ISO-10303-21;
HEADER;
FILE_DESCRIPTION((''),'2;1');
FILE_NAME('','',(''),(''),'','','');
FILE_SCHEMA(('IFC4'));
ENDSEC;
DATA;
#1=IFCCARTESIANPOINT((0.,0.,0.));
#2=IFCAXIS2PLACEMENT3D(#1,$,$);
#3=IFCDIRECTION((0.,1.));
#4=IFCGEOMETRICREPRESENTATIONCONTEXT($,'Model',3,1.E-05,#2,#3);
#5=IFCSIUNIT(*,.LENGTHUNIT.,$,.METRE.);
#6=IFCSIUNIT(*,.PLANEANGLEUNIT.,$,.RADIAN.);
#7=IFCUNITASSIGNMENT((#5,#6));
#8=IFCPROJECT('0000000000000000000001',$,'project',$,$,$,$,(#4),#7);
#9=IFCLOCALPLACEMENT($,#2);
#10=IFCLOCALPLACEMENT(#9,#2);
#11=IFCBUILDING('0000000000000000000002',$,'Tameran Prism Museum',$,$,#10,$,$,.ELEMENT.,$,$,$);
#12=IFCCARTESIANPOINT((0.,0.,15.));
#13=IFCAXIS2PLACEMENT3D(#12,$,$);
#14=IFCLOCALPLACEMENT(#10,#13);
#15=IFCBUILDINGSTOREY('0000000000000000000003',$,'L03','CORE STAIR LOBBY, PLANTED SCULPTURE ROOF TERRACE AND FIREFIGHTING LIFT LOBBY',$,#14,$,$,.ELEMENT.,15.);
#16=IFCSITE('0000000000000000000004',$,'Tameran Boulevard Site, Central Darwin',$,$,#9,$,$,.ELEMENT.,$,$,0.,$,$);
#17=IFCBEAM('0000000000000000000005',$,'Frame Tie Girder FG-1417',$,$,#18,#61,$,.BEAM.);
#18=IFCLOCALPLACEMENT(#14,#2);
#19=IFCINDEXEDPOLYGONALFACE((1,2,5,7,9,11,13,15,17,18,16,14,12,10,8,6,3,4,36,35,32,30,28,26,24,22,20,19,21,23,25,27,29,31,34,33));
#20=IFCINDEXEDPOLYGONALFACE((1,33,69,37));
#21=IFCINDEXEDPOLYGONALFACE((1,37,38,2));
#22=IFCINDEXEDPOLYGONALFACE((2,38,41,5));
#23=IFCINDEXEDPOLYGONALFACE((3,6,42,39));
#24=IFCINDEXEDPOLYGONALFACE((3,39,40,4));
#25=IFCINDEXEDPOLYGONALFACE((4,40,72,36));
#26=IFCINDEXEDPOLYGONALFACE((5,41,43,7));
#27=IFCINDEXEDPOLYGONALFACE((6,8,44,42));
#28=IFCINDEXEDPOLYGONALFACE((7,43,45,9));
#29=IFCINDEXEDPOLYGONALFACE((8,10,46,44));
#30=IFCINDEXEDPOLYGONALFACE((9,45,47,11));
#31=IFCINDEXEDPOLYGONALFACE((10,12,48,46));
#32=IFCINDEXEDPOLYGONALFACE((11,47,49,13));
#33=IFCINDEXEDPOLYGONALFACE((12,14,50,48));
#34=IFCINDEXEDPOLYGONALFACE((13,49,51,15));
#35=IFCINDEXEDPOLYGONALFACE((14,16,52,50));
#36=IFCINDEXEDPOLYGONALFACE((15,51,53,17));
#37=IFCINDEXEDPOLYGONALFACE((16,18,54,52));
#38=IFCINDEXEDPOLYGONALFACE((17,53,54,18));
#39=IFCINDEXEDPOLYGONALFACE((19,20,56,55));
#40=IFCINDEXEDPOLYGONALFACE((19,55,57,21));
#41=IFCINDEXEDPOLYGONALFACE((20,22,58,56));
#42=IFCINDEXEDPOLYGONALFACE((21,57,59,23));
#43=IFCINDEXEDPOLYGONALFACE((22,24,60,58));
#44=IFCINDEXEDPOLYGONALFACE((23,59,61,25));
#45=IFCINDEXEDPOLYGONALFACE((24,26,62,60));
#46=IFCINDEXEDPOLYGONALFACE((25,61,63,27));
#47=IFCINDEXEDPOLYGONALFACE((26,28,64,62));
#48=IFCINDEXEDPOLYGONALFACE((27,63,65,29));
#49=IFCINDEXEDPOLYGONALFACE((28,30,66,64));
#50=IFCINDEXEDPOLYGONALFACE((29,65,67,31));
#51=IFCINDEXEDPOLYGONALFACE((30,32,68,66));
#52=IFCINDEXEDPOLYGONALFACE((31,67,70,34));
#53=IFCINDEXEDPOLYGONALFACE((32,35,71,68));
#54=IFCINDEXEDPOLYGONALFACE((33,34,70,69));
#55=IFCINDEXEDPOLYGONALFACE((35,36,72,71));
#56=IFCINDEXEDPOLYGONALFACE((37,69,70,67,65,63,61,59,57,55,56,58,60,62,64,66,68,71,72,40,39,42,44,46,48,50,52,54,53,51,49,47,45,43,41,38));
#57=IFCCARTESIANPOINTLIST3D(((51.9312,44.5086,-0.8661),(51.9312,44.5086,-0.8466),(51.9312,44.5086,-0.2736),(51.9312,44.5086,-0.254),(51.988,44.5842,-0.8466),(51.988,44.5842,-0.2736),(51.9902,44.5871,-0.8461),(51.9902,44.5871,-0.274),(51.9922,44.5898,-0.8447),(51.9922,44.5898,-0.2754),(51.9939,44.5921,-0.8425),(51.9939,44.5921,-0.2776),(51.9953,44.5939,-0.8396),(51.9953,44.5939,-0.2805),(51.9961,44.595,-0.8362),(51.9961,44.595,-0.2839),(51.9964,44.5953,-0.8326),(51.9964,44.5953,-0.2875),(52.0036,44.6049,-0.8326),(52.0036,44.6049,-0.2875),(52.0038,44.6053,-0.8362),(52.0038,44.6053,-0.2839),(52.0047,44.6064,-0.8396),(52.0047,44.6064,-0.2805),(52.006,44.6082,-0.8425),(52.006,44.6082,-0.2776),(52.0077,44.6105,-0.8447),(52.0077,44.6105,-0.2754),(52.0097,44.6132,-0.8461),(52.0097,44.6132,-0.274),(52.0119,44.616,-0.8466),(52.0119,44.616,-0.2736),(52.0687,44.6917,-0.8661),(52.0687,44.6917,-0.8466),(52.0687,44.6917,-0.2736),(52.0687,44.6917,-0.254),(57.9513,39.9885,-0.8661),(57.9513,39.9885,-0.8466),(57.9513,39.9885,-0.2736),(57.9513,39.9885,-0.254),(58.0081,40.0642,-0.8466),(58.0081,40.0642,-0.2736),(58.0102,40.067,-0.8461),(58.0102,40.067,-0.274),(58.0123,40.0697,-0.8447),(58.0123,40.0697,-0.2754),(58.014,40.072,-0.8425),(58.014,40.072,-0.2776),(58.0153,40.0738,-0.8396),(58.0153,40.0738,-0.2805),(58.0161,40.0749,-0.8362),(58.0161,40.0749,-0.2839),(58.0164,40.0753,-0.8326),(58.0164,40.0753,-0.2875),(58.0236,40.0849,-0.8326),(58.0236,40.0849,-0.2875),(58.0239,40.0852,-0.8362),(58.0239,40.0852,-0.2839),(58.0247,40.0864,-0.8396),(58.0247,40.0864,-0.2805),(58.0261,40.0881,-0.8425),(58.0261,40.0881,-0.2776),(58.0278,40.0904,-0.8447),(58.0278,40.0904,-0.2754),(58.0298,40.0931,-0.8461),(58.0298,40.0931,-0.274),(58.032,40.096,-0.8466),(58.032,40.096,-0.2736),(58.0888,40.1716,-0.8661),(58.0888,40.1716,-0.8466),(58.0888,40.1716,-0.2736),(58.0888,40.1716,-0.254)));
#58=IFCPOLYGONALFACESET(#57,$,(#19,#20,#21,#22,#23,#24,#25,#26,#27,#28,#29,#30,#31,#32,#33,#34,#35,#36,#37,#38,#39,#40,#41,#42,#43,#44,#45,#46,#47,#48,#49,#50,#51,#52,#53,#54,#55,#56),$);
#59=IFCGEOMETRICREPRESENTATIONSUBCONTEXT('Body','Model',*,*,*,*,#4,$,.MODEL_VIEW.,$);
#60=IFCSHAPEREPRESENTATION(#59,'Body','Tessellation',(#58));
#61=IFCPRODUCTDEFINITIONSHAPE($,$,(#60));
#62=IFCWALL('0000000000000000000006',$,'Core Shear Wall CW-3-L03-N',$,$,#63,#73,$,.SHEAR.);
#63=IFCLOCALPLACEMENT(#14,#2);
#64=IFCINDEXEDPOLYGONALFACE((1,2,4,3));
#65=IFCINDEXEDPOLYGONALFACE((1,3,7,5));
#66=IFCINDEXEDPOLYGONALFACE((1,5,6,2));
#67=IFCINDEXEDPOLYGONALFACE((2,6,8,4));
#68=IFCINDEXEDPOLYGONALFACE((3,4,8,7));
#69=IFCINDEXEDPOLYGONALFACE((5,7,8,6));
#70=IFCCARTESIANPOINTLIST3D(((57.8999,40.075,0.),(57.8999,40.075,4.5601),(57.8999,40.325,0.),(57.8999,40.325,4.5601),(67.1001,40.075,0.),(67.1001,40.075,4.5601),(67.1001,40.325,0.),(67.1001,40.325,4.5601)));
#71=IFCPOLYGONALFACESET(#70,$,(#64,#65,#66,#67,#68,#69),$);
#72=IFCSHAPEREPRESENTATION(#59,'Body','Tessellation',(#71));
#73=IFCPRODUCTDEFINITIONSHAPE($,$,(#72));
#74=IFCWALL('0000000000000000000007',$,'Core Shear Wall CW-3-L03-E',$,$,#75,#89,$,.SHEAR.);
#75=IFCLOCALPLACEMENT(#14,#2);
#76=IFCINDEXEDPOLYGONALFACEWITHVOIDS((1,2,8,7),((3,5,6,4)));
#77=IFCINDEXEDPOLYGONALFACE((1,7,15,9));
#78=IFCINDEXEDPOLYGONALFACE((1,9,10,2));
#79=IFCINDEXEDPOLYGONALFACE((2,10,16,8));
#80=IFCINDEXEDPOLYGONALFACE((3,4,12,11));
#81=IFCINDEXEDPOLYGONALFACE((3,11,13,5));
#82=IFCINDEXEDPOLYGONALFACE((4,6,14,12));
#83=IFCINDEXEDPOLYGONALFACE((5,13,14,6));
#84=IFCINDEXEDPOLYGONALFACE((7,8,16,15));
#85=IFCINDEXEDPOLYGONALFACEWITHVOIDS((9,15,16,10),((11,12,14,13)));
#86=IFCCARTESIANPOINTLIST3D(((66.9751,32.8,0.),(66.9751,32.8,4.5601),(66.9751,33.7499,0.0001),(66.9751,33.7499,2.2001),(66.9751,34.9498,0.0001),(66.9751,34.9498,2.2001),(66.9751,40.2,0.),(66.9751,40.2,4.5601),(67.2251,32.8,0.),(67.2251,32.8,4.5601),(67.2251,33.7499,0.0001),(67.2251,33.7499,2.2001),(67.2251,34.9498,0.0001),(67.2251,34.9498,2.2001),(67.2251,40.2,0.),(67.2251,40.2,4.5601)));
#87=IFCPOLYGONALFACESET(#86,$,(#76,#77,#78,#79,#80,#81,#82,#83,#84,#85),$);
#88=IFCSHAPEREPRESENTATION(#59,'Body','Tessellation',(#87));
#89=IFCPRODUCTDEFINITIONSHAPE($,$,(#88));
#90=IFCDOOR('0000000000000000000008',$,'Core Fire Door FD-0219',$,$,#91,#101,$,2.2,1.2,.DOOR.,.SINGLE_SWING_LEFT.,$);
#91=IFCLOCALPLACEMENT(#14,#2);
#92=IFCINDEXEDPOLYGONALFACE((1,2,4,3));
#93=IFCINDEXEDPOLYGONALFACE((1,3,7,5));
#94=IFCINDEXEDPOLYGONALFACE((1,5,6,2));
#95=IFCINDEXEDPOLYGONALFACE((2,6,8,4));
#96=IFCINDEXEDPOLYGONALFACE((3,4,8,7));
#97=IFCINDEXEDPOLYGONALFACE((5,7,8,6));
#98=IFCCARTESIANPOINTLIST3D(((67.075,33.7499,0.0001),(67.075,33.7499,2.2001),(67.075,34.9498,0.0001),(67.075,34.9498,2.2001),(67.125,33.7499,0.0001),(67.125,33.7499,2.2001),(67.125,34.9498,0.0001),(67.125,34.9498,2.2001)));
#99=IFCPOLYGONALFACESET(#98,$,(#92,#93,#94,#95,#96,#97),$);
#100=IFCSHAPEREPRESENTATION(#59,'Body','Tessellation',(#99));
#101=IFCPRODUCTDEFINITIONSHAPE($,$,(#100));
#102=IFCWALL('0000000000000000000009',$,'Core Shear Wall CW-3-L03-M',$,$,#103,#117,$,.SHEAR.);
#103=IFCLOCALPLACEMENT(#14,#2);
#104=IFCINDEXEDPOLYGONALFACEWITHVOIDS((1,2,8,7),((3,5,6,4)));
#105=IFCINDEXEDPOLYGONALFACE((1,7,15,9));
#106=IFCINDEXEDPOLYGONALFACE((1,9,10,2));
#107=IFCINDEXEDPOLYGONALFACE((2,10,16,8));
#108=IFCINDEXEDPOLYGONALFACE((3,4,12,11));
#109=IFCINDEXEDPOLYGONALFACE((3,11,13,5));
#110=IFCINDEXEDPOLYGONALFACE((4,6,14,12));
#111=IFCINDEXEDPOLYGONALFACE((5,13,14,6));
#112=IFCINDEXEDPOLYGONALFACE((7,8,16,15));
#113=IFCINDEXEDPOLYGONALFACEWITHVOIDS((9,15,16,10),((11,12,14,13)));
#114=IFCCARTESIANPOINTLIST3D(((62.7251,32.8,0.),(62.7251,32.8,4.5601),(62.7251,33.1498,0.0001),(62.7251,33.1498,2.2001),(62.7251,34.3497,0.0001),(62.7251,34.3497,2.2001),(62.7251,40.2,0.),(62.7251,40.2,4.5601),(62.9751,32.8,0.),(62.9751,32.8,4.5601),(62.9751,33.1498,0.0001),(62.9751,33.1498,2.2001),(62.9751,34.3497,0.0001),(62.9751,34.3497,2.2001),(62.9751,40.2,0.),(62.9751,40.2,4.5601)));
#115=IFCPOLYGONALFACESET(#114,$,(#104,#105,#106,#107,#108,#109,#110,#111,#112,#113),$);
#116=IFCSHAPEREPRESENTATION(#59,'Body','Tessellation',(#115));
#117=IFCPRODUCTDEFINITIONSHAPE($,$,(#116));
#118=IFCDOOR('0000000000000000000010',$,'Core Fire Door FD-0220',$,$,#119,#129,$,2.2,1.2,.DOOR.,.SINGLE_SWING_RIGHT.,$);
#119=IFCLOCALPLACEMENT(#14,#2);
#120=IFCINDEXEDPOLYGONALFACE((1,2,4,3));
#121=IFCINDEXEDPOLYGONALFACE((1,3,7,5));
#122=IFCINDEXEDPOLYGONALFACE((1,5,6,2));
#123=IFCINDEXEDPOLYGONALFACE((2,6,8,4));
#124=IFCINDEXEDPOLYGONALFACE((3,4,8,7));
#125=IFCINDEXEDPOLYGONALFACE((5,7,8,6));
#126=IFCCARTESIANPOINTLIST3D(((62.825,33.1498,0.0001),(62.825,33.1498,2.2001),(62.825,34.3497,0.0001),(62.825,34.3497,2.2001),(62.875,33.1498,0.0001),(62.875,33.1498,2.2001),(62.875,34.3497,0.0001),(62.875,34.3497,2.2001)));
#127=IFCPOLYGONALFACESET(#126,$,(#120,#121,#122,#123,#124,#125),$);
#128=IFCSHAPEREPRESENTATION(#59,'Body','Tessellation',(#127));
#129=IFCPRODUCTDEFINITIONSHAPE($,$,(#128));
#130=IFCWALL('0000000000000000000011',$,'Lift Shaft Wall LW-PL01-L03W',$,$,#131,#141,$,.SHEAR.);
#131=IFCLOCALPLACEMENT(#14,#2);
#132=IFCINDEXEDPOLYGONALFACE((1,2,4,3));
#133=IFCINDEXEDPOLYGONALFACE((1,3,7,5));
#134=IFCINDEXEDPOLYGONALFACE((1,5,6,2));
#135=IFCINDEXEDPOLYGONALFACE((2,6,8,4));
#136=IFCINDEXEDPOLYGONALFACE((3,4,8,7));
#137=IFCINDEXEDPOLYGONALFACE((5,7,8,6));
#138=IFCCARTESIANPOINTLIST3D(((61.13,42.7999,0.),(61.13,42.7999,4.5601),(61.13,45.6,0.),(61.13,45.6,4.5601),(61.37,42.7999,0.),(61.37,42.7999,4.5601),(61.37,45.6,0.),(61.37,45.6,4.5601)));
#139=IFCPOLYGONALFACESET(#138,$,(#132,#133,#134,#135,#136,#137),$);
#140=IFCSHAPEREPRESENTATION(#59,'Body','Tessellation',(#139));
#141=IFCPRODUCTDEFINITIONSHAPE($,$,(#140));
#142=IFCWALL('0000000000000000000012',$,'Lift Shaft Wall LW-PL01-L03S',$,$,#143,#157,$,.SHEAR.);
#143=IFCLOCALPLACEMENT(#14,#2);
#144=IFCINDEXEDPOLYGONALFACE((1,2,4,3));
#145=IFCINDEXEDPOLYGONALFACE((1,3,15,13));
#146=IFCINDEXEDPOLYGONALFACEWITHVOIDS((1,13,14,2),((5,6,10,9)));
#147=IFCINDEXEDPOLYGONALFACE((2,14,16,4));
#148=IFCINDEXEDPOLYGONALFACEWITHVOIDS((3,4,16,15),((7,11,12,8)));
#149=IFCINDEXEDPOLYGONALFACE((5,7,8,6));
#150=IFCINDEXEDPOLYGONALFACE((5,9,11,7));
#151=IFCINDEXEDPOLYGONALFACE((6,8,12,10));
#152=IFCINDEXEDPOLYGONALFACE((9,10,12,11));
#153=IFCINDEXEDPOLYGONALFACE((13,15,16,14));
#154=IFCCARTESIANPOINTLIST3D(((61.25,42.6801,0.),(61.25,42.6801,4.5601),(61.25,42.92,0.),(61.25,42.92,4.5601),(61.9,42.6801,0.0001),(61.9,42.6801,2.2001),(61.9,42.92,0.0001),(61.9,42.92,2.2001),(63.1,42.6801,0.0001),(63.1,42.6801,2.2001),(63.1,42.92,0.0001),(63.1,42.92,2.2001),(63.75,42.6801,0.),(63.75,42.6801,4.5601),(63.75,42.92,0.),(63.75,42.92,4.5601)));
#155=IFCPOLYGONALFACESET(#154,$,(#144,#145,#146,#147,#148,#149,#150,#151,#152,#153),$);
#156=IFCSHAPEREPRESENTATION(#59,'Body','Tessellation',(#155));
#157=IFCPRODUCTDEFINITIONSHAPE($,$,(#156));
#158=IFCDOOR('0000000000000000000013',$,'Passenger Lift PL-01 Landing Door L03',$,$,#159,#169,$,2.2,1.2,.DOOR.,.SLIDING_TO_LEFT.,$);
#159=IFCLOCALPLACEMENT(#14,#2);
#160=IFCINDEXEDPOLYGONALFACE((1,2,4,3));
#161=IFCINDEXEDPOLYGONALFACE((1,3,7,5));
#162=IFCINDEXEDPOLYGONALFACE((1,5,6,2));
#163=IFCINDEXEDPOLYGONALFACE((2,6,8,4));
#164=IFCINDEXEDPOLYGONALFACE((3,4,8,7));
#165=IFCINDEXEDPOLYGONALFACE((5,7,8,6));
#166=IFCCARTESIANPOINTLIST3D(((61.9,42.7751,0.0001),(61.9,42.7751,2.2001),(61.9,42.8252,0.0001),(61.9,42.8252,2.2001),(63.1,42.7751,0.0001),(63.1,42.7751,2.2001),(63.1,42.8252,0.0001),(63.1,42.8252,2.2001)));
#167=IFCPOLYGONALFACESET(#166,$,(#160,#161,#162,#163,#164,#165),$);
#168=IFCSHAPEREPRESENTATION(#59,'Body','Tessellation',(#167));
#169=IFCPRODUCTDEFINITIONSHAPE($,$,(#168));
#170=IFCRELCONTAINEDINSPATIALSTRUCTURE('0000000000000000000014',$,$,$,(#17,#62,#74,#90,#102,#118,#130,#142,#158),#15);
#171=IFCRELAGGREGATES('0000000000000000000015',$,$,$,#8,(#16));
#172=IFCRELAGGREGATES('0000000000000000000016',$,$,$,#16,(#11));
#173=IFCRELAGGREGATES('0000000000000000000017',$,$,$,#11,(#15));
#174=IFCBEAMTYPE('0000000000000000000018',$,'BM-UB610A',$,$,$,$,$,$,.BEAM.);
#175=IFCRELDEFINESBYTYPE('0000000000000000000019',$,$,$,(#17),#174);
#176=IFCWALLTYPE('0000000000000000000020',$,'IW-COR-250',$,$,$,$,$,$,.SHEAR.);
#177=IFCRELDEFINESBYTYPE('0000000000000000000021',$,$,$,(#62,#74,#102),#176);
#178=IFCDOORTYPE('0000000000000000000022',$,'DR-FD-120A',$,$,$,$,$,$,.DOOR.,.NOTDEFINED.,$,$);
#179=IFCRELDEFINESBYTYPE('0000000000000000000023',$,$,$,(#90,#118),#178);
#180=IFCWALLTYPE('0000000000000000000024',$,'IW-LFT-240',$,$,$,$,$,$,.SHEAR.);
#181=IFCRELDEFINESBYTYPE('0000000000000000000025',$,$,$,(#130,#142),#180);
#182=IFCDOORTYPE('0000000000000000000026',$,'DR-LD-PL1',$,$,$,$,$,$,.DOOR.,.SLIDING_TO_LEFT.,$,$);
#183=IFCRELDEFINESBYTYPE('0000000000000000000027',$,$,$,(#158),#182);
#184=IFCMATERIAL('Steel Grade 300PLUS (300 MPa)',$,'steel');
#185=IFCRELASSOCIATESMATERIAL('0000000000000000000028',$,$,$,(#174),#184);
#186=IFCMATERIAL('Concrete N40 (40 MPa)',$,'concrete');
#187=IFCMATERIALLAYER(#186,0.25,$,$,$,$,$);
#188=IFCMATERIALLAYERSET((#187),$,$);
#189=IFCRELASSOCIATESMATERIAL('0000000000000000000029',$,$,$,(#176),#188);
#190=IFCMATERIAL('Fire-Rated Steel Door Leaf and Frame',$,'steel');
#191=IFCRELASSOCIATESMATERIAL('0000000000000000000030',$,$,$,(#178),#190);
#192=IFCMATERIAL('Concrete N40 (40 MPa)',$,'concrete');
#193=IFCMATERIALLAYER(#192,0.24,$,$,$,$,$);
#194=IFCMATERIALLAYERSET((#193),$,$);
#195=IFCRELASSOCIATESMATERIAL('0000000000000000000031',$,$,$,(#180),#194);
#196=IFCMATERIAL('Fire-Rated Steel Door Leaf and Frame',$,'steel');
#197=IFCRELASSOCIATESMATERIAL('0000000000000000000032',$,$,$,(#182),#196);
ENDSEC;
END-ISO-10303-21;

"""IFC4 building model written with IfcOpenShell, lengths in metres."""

from ifc_helpers import new_model, si_unit, direction, frame, frame_2d, origin, origin_2d, place, context, subcontext, project, spatial, rectangle, i_section, extrude, material, layer, layer_set, material_profile, profile_set, type_object, element, fill, save


model = new_model("IFC4")

# Units and contexts
model_context = context("Model", 3, precision=1e-05, world=origin(), true_north=direction((0.0, 1.0)))
body_context = subcontext(model_context, "Body", "Model", "MODEL_VIEW")
ifc_project = project(units=[si_unit("LENGTHUNIT", "METRE"), si_unit("PLANEANGLEUNIT", "RADIAN")], contexts=[model_context])

# Site, building, storey
site_placement = place(None, origin())
site = spatial("IfcSite", under=ifc_project, at=site_placement, Name="Tameran Boulevard Site, Central Darwin", CompositionType="ELEMENT", RefElevation=0.0)
building_placement = place(site_placement, origin())
building = spatial("IfcBuilding", under=site, at=building_placement, Name="Tameran Prism Museum", CompositionType="ELEMENT")
storey_placement = place(building_placement, frame((0.0, 0.0, 15.0)))
storey = spatial("IfcBuildingStorey", under=building, at=storey_placement, Name="L03", Description="CORE STAIR LOBBY, PLANTED SCULPTURE ROOF TERRACE AND FIREFIGHTING LIFT LOBBY", CompositionType="ELEMENT", Elevation=15.0)

# Beam
ifc_material_1 = material(Name="Steel Grade 300PLUS (300 MPa)", Category="steel")
ifc_material_profile_1 = material_profile(ifc_material_1, i_section(OverallWidth=0.229, OverallDepth=0.6121, WebThickness=0.012, FlangeThickness=0.0195, FilletRadius=0.0139, at=origin_2d()))
ifc_profile_set_1 = profile_set([ifc_material_profile_1])
beam_type_1 = type_object("IfcBeamType", Name="BM-UB610A", PredefinedType="BEAM", material=ifc_profile_set_1)
beam_1_placement = place(storey_placement, frame((58.02, 40.0801, -0.5601), z_axis=(-0.799681, 0.600425, 0.0), x_axis=(-0.600425, -0.799681, 0.0)))
element("IfcBeam", 1, at=beam_1_placement, inside=storey, type_object=beam_type_1, Name="Frame Tie Girder FG-1417", PredefinedType="BEAM", context=body_context, shape_type="SweptSolid", body=[
    extrude(i_section(OverallWidth=0.229, OverallDepth=0.6121, WebThickness=0.012, FlangeThickness=0.0195, FilletRadius=0.0139, at=origin_2d()), origin(), (0.0, 0.0, 1.0), 7.5281),
])

# Wall
ifc_material_2 = material(Name="Concrete N40 (40 MPa)", Category="concrete")
ifc_layer_1 = layer(ifc_material_2, 0.25)
ifc_layer_set_1 = layer_set([ifc_layer_1])
wall_type_1 = type_object("IfcWallType", Name="IW-COR-250", PredefinedType="SHEAR", material=ifc_layer_set_1)
wall_1_placement = place(storey_placement, frame((57.8999, 40.2, 0.0), z_axis=(0.0, 0.0, 1.0), x_axis=(1.0, 0.0, 0.0)))
element("IfcWall", 2, at=wall_1_placement, inside=storey, type_object=wall_type_1, Name="Core Shear Wall CW-3-L03-N", PredefinedType="SHEAR", context=body_context, shape_type="SweptSolid", body=[
    extrude(rectangle(XDim=9.2002, YDim=0.25, at=frame_2d((4.6001, 0.0))), origin(), (0.0, 0.0, 1.0), 4.5601),
])

# Walls, openings, doors
wall_2_placement = place(storey_placement, frame((67.1001, 40.2, 0.0), z_axis=(0.0, 0.0, 1.0), x_axis=(0.0, -1.0, 0.0)))
wall_2 = element("IfcWall", 3, at=wall_2_placement, inside=storey, type_object=wall_type_1, Name="Core Shear Wall CW-3-L03-E", PredefinedType="SHEAR", context=body_context, shape_type="SweptSolid", body=[
    extrude(rectangle(XDim=7.3999, YDim=0.25, at=frame_2d((3.7, 0.0))), origin(), (0.0, 0.0, 1.0), 4.5601),
])
opening_1_placement = place(wall_2_placement, frame((5.25, 0.0, 0.0)))
opening_1 = element("IfcOpeningElement", 4, at=opening_1_placement, cuts=wall_2, PredefinedType="OPENING", context=body_context, shape_type="SweptSolid", body=[
    extrude(rectangle(XDim=1.2, YDim=2.2, at=frame_2d((0.6001, 1.1001))), frame((0.0, 0.135, 0.0), z_axis=(0.0, -1.0, 0.0), x_axis=(1.0, 0.0, 0.0)), (0.0, 0.0, 1.0), 0.27),
])
ifc_material_3 = material(Name="Fire-Rated Steel Door Leaf and Frame", Category="steel")
door_type_1 = type_object("IfcDoorType", Name="DR-FD-120A", OperationType="NOTDEFINED", PredefinedType="DOOR", material=ifc_material_3)
door_1_placement = place(opening_1_placement, origin())
door_1 = element("IfcDoor", 5, at=door_1_placement, inside=storey, type_object=door_type_1, Name="Core Fire Door FD-0219", OperationType="SINGLE_SWING_LEFT", OverallHeight=2.2, OverallWidth=1.2, PredefinedType="DOOR", context=body_context, shape_type="SweptSolid", body=[
    extrude(rectangle(XDim=1.2, YDim=2.2, at=frame_2d((0.6001, 1.1001))), frame((0.0, 0.0249, 0.0), z_axis=(0.0, -1.0, 0.0), x_axis=(1.0, 0.0, 0.0)), (0.0, 0.0, 1.0), 0.05),
])
fill(opening_1, door_1)
wall_3_placement = place(storey_placement, frame((62.8501, 40.2, 0.0), z_axis=(0.0, 0.0, 1.0), x_axis=(0.0, -1.0, 0.0)))
wall_3 = element("IfcWall", 6, at=wall_3_placement, inside=storey, type_object=wall_type_1, Name="Core Shear Wall CW-3-L03-M", PredefinedType="SHEAR", context=body_context, shape_type="SweptSolid", body=[
    extrude(rectangle(XDim=7.3999, YDim=0.25, at=frame_2d((3.7, 0.0))), origin(), (0.0, 0.0, 1.0), 4.5601),
])
opening_2_placement = place(wall_3_placement, frame((5.8501, 0.0, 0.0)))
opening_2 = element("IfcOpeningElement", 7, at=opening_2_placement, cuts=wall_3, PredefinedType="OPENING", context=body_context, shape_type="SweptSolid", body=[
    extrude(rectangle(XDim=1.2, YDim=2.2, at=frame_2d((0.6001, 1.1001))), frame((0.0, 0.135, 0.0), z_axis=(0.0, -1.0, 0.0), x_axis=(1.0, 0.0, 0.0)), (0.0, 0.0, 1.0), 0.27),
])
door_2_placement = place(opening_2_placement, origin())
door_2 = element("IfcDoor", 8, at=door_2_placement, inside=storey, type_object=door_type_1, Name="Core Fire Door FD-0220", OperationType="SINGLE_SWING_RIGHT", OverallHeight=2.2, OverallWidth=1.2, PredefinedType="DOOR", context=body_context, shape_type="SweptSolid", body=[
    extrude(rectangle(XDim=1.2, YDim=2.2, at=frame_2d((0.6001, 1.1001))), frame((0.0, 0.0249, 0.0), z_axis=(0.0, -1.0, 0.0), x_axis=(1.0, 0.0, 0.0)), (0.0, 0.0, 1.0), 0.05),
])
fill(opening_2, door_2)

# Wall
ifc_material_4 = material(Name="Concrete N40 (40 MPa)", Category="concrete")
ifc_layer_2 = layer(ifc_material_4, 0.24)
ifc_layer_set_2 = layer_set([ifc_layer_2])
wall_type_2 = type_object("IfcWallType", Name="IW-LFT-240", PredefinedType="SHEAR", material=ifc_layer_set_2)
wall_4_placement = place(storey_placement, frame((61.25, 42.8, 0.0), z_axis=(0.0, 0.0, 1.0), x_axis=(0.0, 1.0, 0.0)))
element("IfcWall", 9, at=wall_4_placement, inside=storey, type_object=wall_type_2, Name="Lift Shaft Wall LW-PL01-L03W", PredefinedType="SHEAR", context=body_context, shape_type="SweptSolid", body=[
    extrude(rectangle(XDim=2.8, YDim=0.24, at=frame_2d((1.3999, 0.0))), origin(), (0.0, 0.0, 1.0), 4.5601),
])

# Wall, opening, door
wall_5_placement = place(storey_placement, frame((63.75, 42.8, 0.0), z_axis=(0.0, 0.0, 1.0), x_axis=(-1.0, 0.0, 0.0)))
wall_5 = element("IfcWall", 10, at=wall_5_placement, inside=storey, type_object=wall_type_2, Name="Lift Shaft Wall LW-PL01-L03S", PredefinedType="SHEAR", context=body_context, shape_type="SweptSolid", body=[
    extrude(rectangle(XDim=2.5, YDim=0.24, at=frame_2d((1.25, 0.0))), origin(), (0.0, 0.0, 1.0), 4.5601),
])
opening_3_placement = place(wall_5_placement, frame((0.6499, 0.0, 0.0)))
opening_3 = element("IfcOpeningElement", 11, at=opening_3_placement, cuts=wall_5, PredefinedType="OPENING", context=body_context, shape_type="SweptSolid", body=[
    extrude(rectangle(XDim=1.2, YDim=2.2, at=frame_2d((0.6001, 1.1001))), frame((0.0, 0.1299, 0.0), z_axis=(0.0, -1.0, 0.0), x_axis=(1.0, 0.0, 0.0)), (0.0, 0.0, 1.0), 0.26),
])
ifc_material_5 = material(Name="Fire-Rated Steel Door Leaf and Frame", Category="steel")
door_type_2 = type_object("IfcDoorType", Name="DR-LD-PL1", OperationType="SLIDING_TO_LEFT", PredefinedType="DOOR", material=ifc_material_5)
door_3_placement = place(opening_3_placement, origin())
door_3 = element("IfcDoor", 12, at=door_3_placement, inside=storey, type_object=door_type_2, Name="Passenger Lift PL-01 Landing Door L03", OperationType="SLIDING_TO_LEFT", OverallHeight=2.2, OverallWidth=1.2, PredefinedType="DOOR", context=body_context, shape_type="SweptSolid", body=[
    extrude(rectangle(XDim=1.2, YDim=2.2, at=frame_2d((0.6001, 1.1001))), frame((0.0, 0.0249, 0.0), z_axis=(0.0, -1.0, 0.0), x_axis=(1.0, 0.0, 0.0)), (0.0, 0.0, 1.0), 0.05),
])
fill(opening_3, door_3)

save(model, "model.ifc")
